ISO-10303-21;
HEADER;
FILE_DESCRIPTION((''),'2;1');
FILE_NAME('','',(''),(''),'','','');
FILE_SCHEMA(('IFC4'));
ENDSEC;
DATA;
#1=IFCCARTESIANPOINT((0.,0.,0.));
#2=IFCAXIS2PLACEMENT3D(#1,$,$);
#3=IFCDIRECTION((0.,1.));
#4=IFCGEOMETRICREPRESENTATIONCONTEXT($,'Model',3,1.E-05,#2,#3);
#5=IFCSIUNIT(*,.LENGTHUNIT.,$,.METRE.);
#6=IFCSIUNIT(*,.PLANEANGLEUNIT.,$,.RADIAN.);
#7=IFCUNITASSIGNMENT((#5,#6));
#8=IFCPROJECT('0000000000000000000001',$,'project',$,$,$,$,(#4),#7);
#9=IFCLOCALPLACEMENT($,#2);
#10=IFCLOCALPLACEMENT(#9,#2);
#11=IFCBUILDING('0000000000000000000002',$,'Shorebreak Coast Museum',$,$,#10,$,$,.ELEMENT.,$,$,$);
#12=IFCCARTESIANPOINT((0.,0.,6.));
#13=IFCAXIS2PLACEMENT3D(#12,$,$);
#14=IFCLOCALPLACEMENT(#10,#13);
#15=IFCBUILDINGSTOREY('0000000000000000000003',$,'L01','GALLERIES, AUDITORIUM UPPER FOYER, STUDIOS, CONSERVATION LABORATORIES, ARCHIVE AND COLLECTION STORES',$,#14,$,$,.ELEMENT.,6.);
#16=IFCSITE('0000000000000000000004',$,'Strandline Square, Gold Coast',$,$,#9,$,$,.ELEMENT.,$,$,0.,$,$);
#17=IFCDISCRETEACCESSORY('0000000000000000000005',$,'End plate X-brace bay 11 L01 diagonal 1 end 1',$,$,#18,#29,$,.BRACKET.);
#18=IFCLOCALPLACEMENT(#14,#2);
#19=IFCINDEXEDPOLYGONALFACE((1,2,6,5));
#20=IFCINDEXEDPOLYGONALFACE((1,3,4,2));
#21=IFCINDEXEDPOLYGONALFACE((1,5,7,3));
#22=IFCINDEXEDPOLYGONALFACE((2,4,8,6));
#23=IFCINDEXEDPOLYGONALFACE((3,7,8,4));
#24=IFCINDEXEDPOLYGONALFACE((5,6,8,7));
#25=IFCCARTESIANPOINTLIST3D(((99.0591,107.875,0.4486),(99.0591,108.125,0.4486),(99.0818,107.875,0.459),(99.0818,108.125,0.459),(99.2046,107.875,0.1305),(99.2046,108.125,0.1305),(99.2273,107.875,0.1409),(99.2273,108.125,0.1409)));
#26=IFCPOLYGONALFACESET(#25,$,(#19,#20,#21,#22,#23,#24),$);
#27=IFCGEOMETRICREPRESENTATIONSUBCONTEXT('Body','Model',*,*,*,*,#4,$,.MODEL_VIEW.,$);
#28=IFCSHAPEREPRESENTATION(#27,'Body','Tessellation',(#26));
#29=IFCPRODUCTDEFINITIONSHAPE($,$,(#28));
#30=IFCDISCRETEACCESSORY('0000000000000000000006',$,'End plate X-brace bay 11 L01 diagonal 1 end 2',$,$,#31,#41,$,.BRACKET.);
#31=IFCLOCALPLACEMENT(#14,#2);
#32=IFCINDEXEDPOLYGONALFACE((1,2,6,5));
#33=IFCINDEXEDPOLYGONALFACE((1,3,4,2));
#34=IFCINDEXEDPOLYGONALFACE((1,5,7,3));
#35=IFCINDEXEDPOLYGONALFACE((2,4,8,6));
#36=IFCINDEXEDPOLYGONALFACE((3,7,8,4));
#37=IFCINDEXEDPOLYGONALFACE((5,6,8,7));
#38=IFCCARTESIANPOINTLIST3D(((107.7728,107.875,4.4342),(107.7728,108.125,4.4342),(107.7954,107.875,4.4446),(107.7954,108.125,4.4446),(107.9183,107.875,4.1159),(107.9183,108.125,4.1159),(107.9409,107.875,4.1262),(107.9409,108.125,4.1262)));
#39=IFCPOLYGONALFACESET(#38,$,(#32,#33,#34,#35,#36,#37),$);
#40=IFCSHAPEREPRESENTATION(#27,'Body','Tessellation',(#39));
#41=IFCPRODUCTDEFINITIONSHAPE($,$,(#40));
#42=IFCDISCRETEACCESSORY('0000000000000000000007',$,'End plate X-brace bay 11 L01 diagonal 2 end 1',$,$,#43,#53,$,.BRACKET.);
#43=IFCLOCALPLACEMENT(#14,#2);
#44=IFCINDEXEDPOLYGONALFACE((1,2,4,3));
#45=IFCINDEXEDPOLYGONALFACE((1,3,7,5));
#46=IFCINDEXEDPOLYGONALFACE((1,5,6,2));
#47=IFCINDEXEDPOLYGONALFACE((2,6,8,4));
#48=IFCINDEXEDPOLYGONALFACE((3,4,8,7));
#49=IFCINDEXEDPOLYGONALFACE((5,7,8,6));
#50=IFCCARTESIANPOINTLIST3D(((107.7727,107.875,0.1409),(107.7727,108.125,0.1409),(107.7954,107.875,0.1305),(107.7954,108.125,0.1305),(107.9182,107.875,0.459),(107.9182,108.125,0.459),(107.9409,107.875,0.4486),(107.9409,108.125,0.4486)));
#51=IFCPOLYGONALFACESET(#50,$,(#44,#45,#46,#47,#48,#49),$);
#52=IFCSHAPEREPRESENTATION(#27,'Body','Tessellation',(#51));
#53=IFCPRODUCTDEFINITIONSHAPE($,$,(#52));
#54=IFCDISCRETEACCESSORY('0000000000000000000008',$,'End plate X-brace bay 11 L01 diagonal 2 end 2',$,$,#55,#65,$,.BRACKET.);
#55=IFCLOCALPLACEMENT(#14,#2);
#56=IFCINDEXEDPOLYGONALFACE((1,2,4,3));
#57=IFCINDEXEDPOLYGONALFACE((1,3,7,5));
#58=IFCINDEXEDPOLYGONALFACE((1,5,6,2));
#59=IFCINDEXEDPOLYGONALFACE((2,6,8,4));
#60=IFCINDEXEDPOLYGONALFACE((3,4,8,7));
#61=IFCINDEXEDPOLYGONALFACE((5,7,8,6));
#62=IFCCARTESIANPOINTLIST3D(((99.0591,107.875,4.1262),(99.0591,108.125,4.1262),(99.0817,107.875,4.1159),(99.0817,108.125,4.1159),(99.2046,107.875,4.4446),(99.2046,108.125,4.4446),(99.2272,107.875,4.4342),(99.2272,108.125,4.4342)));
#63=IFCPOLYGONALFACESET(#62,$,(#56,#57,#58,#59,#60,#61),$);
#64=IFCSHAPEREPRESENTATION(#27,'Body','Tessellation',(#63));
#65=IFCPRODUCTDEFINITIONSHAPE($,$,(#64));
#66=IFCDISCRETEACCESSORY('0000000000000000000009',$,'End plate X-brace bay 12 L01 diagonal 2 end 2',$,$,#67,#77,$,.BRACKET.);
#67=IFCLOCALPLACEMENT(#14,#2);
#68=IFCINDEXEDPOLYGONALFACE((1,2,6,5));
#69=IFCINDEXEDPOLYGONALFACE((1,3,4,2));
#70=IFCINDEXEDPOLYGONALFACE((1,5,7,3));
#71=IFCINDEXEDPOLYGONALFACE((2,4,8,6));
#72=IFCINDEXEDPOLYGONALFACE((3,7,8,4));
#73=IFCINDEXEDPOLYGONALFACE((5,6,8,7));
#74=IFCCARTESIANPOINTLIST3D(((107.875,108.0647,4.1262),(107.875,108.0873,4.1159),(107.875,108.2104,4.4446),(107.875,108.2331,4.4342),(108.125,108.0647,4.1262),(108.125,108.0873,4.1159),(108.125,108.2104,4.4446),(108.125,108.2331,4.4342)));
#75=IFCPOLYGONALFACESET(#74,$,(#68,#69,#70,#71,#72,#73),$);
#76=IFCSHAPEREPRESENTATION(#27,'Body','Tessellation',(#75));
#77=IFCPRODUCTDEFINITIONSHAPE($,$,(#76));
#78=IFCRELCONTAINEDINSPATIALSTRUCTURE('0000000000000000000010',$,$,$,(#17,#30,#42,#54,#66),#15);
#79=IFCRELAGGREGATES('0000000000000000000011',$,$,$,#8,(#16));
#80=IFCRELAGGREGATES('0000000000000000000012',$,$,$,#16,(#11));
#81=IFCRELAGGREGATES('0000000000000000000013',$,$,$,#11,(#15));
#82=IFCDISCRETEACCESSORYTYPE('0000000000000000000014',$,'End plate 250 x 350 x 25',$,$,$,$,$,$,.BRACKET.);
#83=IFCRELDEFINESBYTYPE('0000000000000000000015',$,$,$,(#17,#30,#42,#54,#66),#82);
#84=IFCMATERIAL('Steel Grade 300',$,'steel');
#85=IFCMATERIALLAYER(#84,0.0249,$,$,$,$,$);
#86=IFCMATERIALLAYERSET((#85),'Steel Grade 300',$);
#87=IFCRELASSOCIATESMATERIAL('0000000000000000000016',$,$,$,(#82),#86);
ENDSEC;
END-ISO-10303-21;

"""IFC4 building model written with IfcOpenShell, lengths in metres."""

from ifc_helpers import new_model, si_unit, direction, frame, origin, place, context, subcontext, project, spatial, polyline, outline, extrude, material, layer, layer_set, type_object, element, save


model = new_model("IFC4")

# Units and contexts
model_context = context("Model", 3, precision=1e-05, world=origin(), true_north=direction((0.0, 1.0)))
body_context = subcontext(model_context, "Body", "Model", "MODEL_VIEW")
ifc_project = project(units=[si_unit("LENGTHUNIT", "METRE"), si_unit("PLANEANGLEUNIT", "RADIAN")], contexts=[model_context])

# Site, building, storey
site_placement = place(None, origin())
site = spatial("IfcSite", under=ifc_project, at=site_placement, Name="Strandline Square, Gold Coast", CompositionType="ELEMENT", RefElevation=0.0)
building_placement = place(site_placement, origin())
building = spatial("IfcBuilding", under=site, at=building_placement, Name="Shorebreak Coast Museum", CompositionType="ELEMENT")
storey_placement = place(building_placement, frame((0.0, 0.0, 6.0)))
storey = spatial("IfcBuildingStorey", under=building, at=storey_placement, Name="L01", Description="GALLERIES, AUDITORIUM UPPER FOYER, STUDIOS, CONSERVATION LABORATORIES, ARCHIVE AND COLLECTION STORES", CompositionType="ELEMENT", Elevation=6.0)

# Discrete accessories
ifc_material_1 = material(Name="Steel Grade 300", Category="steel")
ifc_layer_1 = layer(ifc_material_1, 0.0249)
ifc_layer_set_1 = layer_set([ifc_layer_1], Name="Steel Grade 300")
discrete_accessory_type = type_object("IfcDiscreteAccessoryType", Name="End plate 250 x 350 x 25", PredefinedType="BRACKET", material=ifc_layer_set_1)
discrete_accessory_1_placement = place(storey_placement, frame((99.2273, 107.875, 0.1409), z_axis=(0.909384, 0.0, 0.415958), x_axis=(0.0, 1.0, 0.0)))
element("IfcDiscreteAccessory", 1, at=discrete_accessory_1_placement, inside=storey, type_object=discrete_accessory_type, Name="End plate X-brace bay 11 L01 diagonal 1 end 1", PredefinedType="BRACKET", context=body_context, shape_type="SweptSolid", body=[
    extrude(outline(polyline([(0.0, 0.0), (0.25, 0.0), (0.25, 0.3498), (0.0, 0.3498), (0.0, 0.0)])), origin(), (0.0, 0.0, -1.0), 0.0249),
])
discrete_accessory_2_placement = place(storey_placement, frame((107.9409, 107.875, 4.1262), z_axis=(0.909505, 0.0, 0.415694), x_axis=(0.0, 1.0, 0.0)))
element("IfcDiscreteAccessory", 2, at=discrete_accessory_2_placement, inside=storey, type_object=discrete_accessory_type, Name="End plate X-brace bay 11 L01 diagonal 1 end 2", PredefinedType="BRACKET", context=body_context, shape_type="SweptSolid", body=[
    extrude(outline(polyline([(0.0, 0.0), (0.25, 0.0), (0.25, 0.35), (0.0, 0.35), (0.0, 0.0)])), origin(), (0.0, 0.0, -1.0), 0.0249),
])
discrete_accessory_3_placement = place(storey_placement, frame((107.7727, 108.125, 0.1409), z_axis=(-0.909384, 0.0, 0.415958), x_axis=(0.0, -1.0, 0.0)))
element("IfcDiscreteAccessory", 3, at=discrete_accessory_3_placement, inside=storey, type_object=discrete_accessory_type, Name="End plate X-brace bay 11 L01 diagonal 2 end 1", PredefinedType="BRACKET", context=body_context, shape_type="SweptSolid", body=[
    extrude(outline(polyline([(0.0, 0.0), (0.25, 0.0), (0.25, 0.3498), (0.0, 0.3498), (0.0, 0.0)])), origin(), (0.0, 0.0, -1.0), 0.0249),
])
discrete_accessory_4_placement = place(storey_placement, frame((99.0591, 108.125, 4.1262), z_axis=(-0.909505, 0.0, 0.415694), x_axis=(0.0, -1.0, 0.0)))
element("IfcDiscreteAccessory", 4, at=discrete_accessory_4_placement, inside=storey, type_object=discrete_accessory_type, Name="End plate X-brace bay 11 L01 diagonal 2 end 2", PredefinedType="BRACKET", context=body_context, shape_type="SweptSolid", body=[
    extrude(outline(polyline([(0.0, 0.0), (0.25, 0.0), (0.25, 0.35), (0.0, 0.35), (0.0, 0.0)])), origin(), (0.0, 0.0, -1.0), 0.0249),
])
discrete_accessory_5_placement = place(storey_placement, frame((107.875, 108.0647, 4.1262), z_axis=(0.0, -0.909241, 0.416271), x_axis=(1.0, 0.0, 0.0)))
element("IfcDiscreteAccessory", 5, at=discrete_accessory_5_placement, inside=storey, type_object=discrete_accessory_type, Name="End plate X-brace bay 12 L01 diagonal 2 end 2", PredefinedType="BRACKET", context=body_context, shape_type="SweptSolid", body=[
    extrude(outline(polyline([(0.0, 0.0), (0.25, 0.0), (0.25, 0.3501), (0.0, 0.3501), (0.0, 0.0)])), origin(), (0.0, 0.0, -1.0), 0.0249),
])

save(model, "model.ifc")
